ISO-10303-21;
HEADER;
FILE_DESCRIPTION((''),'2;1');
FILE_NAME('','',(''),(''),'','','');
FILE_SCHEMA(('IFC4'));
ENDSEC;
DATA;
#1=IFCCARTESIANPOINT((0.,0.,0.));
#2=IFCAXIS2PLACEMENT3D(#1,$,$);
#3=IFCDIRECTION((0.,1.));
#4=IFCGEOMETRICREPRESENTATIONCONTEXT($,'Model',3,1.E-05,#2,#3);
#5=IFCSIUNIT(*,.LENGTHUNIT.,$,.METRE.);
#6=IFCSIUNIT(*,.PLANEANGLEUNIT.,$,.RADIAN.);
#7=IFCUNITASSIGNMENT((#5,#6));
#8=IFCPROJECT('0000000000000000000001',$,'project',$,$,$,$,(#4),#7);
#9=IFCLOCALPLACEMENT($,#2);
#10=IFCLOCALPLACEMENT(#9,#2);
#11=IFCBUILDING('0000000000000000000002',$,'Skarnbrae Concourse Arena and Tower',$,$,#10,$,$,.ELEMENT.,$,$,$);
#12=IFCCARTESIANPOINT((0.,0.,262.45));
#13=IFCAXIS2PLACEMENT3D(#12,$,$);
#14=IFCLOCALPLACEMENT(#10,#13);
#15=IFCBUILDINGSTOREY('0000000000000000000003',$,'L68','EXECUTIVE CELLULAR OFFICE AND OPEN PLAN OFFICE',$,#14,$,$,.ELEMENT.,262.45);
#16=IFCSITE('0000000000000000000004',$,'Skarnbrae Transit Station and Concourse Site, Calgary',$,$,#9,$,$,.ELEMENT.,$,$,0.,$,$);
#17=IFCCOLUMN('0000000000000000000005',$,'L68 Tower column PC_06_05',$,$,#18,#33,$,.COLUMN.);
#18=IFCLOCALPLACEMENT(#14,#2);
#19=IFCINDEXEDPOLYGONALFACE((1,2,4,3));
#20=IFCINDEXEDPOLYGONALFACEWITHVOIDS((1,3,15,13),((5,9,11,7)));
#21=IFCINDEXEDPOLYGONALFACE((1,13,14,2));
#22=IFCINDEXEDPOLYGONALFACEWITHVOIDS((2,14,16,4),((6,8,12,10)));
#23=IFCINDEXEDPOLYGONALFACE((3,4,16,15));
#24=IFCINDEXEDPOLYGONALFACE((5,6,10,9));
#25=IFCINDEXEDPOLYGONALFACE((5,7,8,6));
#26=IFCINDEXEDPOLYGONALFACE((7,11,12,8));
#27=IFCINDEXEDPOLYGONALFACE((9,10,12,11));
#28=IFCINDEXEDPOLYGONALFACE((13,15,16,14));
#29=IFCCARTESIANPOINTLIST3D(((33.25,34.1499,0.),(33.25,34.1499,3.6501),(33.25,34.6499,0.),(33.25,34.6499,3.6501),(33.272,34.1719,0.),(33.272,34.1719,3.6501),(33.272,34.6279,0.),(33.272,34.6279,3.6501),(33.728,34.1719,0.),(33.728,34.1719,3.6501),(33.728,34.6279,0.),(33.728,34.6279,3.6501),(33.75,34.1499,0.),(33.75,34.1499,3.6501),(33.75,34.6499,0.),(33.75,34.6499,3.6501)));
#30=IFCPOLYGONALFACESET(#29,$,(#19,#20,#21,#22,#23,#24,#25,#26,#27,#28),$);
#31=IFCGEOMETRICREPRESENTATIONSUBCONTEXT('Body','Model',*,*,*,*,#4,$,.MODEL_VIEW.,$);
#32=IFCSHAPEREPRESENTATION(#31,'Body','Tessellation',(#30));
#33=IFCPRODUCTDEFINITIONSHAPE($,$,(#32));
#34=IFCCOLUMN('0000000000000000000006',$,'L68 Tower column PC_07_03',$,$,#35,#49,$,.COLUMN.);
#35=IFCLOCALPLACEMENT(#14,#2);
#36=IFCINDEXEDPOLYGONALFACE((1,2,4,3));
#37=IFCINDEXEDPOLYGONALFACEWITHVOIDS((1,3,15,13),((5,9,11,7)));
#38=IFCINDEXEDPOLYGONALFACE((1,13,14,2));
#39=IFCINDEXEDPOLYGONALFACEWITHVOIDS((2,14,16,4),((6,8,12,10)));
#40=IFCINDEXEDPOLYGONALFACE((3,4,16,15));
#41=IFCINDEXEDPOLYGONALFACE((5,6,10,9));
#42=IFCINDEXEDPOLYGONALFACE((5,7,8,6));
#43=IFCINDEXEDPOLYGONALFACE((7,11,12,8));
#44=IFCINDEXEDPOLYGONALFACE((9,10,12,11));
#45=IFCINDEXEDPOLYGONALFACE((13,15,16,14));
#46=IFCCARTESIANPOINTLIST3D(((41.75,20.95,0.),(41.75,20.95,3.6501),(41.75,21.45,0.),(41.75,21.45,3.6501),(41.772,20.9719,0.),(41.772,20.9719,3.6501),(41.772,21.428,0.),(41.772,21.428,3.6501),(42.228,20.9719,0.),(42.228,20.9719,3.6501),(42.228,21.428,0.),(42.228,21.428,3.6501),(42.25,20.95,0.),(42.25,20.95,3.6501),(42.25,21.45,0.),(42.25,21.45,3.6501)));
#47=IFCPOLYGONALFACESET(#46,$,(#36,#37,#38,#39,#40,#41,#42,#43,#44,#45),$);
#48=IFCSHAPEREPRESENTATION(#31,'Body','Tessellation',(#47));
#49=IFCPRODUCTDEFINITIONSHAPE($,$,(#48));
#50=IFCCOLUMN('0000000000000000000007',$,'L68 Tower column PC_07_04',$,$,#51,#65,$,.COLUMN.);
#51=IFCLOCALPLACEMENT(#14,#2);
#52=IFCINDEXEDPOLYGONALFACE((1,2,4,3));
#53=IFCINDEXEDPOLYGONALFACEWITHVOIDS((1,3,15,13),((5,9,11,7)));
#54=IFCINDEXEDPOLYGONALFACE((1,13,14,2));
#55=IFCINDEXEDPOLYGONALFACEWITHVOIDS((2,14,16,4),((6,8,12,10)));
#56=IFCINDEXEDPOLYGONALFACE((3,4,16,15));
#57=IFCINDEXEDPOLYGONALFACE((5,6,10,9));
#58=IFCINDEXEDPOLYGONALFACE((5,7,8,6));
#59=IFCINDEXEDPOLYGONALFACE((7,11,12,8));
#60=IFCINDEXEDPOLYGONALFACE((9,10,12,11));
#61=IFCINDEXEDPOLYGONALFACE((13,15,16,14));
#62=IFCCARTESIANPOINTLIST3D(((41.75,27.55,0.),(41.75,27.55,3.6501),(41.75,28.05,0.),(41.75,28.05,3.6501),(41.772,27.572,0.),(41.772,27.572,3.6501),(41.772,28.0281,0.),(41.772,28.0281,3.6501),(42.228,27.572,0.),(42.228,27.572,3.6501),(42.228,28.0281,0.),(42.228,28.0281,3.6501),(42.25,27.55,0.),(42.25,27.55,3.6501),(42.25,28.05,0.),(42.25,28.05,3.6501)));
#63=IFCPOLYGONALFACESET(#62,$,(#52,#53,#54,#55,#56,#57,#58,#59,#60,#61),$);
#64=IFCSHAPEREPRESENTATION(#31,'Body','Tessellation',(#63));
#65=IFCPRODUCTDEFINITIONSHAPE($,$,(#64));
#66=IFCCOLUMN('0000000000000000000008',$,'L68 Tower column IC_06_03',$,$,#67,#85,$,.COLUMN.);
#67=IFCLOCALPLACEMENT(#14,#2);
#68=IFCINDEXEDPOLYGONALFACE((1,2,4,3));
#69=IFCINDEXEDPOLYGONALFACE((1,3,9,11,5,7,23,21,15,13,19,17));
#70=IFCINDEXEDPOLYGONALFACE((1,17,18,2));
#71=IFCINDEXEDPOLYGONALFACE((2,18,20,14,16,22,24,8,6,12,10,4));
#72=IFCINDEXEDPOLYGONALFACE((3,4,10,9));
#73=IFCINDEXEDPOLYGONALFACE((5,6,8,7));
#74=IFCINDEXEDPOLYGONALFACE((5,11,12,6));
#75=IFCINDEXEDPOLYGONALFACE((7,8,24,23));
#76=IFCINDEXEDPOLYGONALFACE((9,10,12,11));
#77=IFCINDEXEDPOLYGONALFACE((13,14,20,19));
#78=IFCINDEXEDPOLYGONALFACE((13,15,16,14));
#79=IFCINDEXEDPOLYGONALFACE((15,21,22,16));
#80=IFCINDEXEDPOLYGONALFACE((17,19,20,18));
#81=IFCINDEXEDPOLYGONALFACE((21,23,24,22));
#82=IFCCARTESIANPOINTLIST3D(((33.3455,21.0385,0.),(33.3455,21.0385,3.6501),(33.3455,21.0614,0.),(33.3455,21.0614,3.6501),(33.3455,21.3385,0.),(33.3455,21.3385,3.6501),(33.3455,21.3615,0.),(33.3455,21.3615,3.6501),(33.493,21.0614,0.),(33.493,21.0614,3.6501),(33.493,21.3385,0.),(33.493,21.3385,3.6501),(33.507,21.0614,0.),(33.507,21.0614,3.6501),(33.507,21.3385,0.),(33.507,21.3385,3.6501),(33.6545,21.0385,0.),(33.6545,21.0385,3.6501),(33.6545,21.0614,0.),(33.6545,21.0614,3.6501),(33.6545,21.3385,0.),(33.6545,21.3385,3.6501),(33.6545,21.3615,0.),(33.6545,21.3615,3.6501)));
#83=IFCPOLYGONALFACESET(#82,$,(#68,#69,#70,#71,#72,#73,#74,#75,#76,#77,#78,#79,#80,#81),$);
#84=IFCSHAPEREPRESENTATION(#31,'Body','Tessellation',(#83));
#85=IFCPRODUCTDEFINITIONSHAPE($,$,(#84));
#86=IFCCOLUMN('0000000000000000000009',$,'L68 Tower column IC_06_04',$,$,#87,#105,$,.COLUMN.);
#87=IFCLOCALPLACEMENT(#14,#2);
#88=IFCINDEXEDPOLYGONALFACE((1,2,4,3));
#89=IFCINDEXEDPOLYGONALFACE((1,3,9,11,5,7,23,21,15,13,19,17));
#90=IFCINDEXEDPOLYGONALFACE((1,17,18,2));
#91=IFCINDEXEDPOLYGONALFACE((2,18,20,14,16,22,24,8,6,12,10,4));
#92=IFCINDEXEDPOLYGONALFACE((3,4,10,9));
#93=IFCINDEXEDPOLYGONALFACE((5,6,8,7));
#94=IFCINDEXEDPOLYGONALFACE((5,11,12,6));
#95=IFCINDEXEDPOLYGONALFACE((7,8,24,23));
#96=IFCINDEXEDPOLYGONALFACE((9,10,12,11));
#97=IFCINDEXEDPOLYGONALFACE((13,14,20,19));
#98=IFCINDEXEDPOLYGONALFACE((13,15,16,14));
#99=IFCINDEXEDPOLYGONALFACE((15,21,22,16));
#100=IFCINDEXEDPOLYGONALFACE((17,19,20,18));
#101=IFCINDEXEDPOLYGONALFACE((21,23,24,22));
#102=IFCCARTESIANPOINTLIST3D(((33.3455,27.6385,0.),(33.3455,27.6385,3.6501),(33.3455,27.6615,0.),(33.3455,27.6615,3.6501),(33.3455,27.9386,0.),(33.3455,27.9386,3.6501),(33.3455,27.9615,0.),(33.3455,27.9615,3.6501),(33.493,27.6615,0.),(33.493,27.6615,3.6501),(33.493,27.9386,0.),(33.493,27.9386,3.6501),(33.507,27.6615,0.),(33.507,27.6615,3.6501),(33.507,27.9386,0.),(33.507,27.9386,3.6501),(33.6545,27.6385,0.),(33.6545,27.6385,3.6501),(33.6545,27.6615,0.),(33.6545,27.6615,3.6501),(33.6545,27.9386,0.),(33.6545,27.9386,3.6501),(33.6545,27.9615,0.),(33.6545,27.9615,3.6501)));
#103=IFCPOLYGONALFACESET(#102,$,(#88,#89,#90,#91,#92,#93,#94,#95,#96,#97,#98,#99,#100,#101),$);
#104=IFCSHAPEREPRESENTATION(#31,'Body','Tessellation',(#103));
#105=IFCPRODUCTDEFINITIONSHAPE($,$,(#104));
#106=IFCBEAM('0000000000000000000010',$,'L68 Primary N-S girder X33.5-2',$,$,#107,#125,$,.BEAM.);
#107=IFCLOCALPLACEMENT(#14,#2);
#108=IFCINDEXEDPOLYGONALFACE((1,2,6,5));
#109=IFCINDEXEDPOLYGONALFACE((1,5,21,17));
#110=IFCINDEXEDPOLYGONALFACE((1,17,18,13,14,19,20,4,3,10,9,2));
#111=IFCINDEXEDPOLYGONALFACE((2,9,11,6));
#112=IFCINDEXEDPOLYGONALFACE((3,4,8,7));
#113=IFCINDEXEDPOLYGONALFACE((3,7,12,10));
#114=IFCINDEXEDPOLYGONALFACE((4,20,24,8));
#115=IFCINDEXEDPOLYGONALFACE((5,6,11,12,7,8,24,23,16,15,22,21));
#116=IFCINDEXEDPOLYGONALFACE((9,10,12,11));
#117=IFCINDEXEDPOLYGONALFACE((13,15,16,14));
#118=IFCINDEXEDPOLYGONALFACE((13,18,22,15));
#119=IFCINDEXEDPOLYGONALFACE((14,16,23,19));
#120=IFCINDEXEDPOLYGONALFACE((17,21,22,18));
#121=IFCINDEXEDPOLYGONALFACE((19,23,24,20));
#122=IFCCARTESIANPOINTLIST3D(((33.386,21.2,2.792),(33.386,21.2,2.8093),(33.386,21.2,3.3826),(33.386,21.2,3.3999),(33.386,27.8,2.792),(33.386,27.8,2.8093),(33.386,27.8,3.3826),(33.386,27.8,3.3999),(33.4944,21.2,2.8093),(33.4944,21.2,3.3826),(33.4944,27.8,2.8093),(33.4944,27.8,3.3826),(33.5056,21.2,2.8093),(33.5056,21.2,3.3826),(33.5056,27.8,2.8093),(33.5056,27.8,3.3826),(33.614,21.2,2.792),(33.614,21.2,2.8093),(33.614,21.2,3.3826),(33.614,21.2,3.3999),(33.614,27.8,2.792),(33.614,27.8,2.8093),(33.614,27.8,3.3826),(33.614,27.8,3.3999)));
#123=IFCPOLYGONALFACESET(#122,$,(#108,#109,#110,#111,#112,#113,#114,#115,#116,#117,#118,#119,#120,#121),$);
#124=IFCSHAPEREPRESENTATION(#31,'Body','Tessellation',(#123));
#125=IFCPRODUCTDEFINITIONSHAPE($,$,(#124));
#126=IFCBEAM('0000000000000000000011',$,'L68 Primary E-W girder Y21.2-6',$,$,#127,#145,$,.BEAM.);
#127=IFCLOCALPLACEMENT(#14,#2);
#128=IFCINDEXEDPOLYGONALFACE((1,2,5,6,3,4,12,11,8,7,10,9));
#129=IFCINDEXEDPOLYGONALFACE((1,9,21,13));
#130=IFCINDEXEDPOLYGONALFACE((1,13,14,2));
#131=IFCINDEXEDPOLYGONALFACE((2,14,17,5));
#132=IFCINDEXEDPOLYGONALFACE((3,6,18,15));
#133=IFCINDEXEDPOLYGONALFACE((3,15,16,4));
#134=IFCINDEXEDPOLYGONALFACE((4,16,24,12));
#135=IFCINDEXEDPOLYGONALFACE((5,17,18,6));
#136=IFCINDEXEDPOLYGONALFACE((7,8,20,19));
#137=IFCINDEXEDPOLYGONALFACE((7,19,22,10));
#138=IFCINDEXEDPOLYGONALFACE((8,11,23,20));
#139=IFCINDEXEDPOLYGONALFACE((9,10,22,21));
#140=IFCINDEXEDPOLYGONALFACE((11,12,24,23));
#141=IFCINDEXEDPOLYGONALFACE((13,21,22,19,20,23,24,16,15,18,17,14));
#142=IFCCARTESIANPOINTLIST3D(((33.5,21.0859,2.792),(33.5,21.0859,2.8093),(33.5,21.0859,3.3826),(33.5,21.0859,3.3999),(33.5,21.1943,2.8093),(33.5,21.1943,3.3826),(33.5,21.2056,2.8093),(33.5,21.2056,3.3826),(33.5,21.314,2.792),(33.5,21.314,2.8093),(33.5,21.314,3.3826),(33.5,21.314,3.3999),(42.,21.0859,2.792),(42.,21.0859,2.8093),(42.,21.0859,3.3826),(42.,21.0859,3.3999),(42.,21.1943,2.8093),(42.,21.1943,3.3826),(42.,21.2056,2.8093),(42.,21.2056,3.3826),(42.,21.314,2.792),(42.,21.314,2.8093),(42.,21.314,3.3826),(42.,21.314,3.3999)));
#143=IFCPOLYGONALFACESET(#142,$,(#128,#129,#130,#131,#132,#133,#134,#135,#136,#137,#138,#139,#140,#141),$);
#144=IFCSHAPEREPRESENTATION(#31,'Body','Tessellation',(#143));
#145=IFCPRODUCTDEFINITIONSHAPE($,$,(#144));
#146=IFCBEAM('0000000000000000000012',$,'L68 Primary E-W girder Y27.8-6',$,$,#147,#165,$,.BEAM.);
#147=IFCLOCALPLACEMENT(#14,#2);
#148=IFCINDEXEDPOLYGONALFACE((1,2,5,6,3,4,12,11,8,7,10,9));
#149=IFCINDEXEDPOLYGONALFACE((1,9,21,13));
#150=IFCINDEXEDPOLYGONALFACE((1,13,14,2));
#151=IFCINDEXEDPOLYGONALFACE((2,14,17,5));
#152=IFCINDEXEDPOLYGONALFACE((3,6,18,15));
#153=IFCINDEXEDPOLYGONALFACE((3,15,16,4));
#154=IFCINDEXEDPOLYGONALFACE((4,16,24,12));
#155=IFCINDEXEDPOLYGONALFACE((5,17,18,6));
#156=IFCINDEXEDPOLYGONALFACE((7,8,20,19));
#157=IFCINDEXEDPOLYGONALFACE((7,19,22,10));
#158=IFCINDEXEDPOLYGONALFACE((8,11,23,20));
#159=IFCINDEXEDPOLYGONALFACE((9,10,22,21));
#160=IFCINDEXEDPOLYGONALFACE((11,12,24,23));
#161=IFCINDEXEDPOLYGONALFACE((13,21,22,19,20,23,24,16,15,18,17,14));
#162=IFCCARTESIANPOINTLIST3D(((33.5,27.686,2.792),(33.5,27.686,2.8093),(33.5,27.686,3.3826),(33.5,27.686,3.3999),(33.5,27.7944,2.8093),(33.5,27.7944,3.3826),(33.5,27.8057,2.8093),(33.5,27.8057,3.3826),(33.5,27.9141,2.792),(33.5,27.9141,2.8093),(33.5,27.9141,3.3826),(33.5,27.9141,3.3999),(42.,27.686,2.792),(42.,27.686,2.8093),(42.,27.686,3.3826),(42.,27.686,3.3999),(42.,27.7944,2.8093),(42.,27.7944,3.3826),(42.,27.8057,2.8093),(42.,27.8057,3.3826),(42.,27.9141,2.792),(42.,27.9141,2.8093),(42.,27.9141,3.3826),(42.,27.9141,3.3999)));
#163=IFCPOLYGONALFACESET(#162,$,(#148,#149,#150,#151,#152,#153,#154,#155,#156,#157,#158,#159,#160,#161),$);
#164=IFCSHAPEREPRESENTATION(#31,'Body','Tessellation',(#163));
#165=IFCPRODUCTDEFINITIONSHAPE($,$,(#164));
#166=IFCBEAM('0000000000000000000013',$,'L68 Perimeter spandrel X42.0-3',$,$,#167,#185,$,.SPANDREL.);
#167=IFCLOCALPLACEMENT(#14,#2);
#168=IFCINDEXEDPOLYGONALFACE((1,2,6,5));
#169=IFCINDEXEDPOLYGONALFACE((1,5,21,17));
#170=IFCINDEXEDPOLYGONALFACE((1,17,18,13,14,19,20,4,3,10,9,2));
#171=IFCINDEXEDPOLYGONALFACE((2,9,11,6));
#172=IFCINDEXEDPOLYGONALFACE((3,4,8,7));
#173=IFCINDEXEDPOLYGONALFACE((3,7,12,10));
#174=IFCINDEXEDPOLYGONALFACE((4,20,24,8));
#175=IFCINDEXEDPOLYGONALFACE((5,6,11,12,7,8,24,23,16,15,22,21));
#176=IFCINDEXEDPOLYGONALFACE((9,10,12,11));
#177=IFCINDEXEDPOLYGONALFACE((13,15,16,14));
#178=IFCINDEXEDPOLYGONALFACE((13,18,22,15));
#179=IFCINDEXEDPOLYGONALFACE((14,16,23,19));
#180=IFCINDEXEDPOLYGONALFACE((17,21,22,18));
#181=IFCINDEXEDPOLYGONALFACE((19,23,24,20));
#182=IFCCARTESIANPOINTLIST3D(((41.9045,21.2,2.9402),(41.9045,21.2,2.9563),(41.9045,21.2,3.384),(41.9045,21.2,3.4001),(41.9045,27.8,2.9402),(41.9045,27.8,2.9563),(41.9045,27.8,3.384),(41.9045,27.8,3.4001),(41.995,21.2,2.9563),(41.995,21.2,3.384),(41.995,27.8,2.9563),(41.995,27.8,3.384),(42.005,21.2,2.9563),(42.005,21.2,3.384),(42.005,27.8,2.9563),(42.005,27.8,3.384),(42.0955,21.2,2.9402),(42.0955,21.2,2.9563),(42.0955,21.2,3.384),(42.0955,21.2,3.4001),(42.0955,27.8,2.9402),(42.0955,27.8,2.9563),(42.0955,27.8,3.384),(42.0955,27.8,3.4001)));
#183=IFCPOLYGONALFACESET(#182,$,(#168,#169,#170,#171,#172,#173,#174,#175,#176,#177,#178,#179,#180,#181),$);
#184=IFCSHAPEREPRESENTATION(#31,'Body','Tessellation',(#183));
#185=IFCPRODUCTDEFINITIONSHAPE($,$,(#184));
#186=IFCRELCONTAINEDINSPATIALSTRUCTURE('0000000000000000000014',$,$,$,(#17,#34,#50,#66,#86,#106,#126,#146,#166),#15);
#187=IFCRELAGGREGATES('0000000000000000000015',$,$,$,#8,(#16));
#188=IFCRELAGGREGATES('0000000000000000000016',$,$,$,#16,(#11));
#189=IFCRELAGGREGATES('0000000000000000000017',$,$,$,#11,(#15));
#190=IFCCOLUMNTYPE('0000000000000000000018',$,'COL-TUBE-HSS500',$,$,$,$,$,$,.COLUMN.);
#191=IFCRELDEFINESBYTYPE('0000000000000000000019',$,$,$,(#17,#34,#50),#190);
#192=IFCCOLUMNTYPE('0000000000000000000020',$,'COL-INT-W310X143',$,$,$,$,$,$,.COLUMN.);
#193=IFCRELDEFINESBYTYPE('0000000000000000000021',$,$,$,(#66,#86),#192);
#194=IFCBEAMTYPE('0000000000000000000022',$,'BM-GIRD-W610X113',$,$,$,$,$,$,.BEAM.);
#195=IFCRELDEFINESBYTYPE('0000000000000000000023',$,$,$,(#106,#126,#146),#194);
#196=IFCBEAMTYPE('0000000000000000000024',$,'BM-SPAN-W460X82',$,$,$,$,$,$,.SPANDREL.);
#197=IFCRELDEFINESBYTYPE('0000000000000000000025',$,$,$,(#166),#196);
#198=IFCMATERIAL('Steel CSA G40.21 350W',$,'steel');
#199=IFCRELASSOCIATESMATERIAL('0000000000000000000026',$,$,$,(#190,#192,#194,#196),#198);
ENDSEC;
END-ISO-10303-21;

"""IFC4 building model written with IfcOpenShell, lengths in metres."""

from ifc_helpers import new_model, si_unit, direction, frame, origin, origin_2d, place, context, subcontext, project, spatial, hollow_rectangle, i_section, extrude, source, transform, mapped, material, material_profile, profile_set, type_object, element, save


model = new_model("IFC4")

# Units and contexts
model_context = context("Model", 3, precision=1e-05, world=origin(), true_north=direction((0.0, 1.0)))
body_context = subcontext(model_context, "Body", "Model", "MODEL_VIEW")
ifc_project = project(units=[si_unit("LENGTHUNIT", "METRE"), si_unit("PLANEANGLEUNIT", "RADIAN")], contexts=[model_context])

# Site, building, storey
site_placement = place(None, origin())
site = spatial("IfcSite", under=ifc_project, at=site_placement, Name="Skarnbrae Transit Station and Concourse Site, Calgary", CompositionType="ELEMENT", RefElevation=0.0)
building_placement = place(site_placement, origin())
building = spatial("IfcBuilding", under=site, at=building_placement, Name="Skarnbrae Concourse Arena and Tower", CompositionType="ELEMENT")
storey_placement = place(building_placement, frame((0.0, 0.0, 262.45)))
storey = spatial("IfcBuildingStorey", under=building, at=storey_placement, Name="L68", Description="EXECUTIVE CELLULAR OFFICE AND OPEN PLAN OFFICE", CompositionType="ELEMENT", Elevation=262.45)

# Columns
ifc_material_1 = material(Name="Steel CSA G40.21 350W", Category="steel")
ifc_material_profile_1 = material_profile(ifc_material_1, hollow_rectangle(XDim=0.5, YDim=0.5, WallThickness=0.022, at=origin_2d()), Name="HSS500X500X22.0")
ifc_profile_set_1 = profile_set([ifc_material_profile_1], Name="Steel CSA G40.21 350W")
column_type_1 = type_object("IfcColumnType", Name="COL-TUBE-HSS500", PredefinedType="COLUMN", material=ifc_profile_set_1)
shared_shape_1 = source(origin(), body_context, "Body", "SweptSolid", [
    extrude(hollow_rectangle(XDim=0.5, YDim=0.5, WallThickness=0.022, at=origin_2d()), origin(), (0.0, 0.0, 1.0), 3.6501),
])
for number, where, z_axis, x_axis, name in (
    (1, (33.5, 34.3999, 0.0), (0.0, 0.0, 1.0), (1.0, 0.0, 0.0), "L68 Tower column PC_06_05"),
    (2, (42.0, 21.2, 0.0), (0.0, 0.0, 1.0), (1.0, 0.0, 0.0), "L68 Tower column PC_07_03"),
    (3, (42.0, 27.8, 0.0), (0.0, 0.0, 1.0), (1.0, 0.0, 0.0), "L68 Tower column PC_07_04"),
):
    element("IfcColumn", number, at=place(storey_placement, frame(where, z_axis=z_axis, x_axis=x_axis)), inside=storey, type_object=column_type_1, Name=name, PredefinedType="COLUMN", context=body_context, shape_type="MappedRepresentation", body=[
        mapped(shared_shape_1, transform((0.0, 0.0, 0.0))),
    ])
ifc_material_profile_2 = material_profile(ifc_material_1, i_section(OverallWidth=0.3091, OverallDepth=0.323, WebThickness=0.0139, FlangeThickness=0.0229, at=origin_2d()), Name="W310X143")
ifc_profile_set_2 = profile_set([ifc_material_profile_2], Name="Steel CSA G40.21 350W")
column_type_2 = type_object("IfcColumnType", Name="COL-INT-W310X143", PredefinedType="COLUMN", material=ifc_profile_set_2)
shared_shape_2 = source(origin(), body_context, "Body", "SweptSolid", [
    extrude(i_section(OverallWidth=0.3091, OverallDepth=0.323, WebThickness=0.0139, FlangeThickness=0.0229, at=origin_2d()), origin(), (0.0, 0.0, 1.0), 3.6501),
])
for number, where, z_axis, x_axis, name in (
    (4, (33.5, 21.2, 0.0), (0.0, 0.0, 1.0), (1.0, 0.0, 0.0), "L68 Tower column IC_06_03"),
    (5, (33.5, 27.8, 0.0), (0.0, 0.0, 1.0), (1.0, 0.0, 0.0), "L68 Tower column IC_06_04"),
):
    element("IfcColumn", number, at=place(storey_placement, frame(where, z_axis=z_axis, x_axis=x_axis)), inside=storey, type_object=column_type_2, Name=name, PredefinedType="COLUMN", context=body_context, shape_type="MappedRepresentation", body=[
        mapped(shared_shape_2, transform((0.0, 0.0, 0.0))),
    ])

# Beams
ifc_material_profile_3 = material_profile(ifc_material_1, i_section(OverallWidth=0.228, OverallDepth=0.6079, WebThickness=0.0112, FlangeThickness=0.0173, at=origin_2d()), Name="W610X113")
ifc_profile_set_3 = profile_set([ifc_material_profile_3], Name="Steel CSA G40.21 350W")
beam_type_1 = type_object("IfcBeamType", Name="BM-GIRD-W610X113", PredefinedType="BEAM", material=ifc_profile_set_3)
shared_shape_3 = source(origin(), body_context, "Body", "SweptSolid", [
    extrude(i_section(OverallWidth=0.228, OverallDepth=0.6079, WebThickness=0.0112, FlangeThickness=0.0173, at=origin_2d()), origin(), (0.0, 0.0, 1.0), 6.6001),
])
beam_1_placement = place(storey_placement, frame((33.5, 21.2, 3.0959), z_axis=(0.0, 1.0, 0.0), x_axis=(-1.0, 0.0, 0.0)))
element("IfcBeam", 6, at=beam_1_placement, inside=storey, type_object=beam_type_1, Name="L68 Primary N-S girder X33.5-2", PredefinedType="BEAM", context=body_context, shape_type="MappedRepresentation", body=[
    mapped(shared_shape_3, transform((0.0, 0.0, 0.0))),
])
shared_shape_4 = source(origin(), body_context, "Body", "SweptSolid", [
    extrude(i_section(OverallWidth=0.228, OverallDepth=0.6079, WebThickness=0.0112, FlangeThickness=0.0173, at=origin_2d()), origin(), (0.0, 0.0, 1.0), 8.5),
])
for number, where, z_axis, x_axis, name in (
    (7, (33.5, 21.2, 3.0959), (1.0, 0.0, 0.0), (0.0, 1.0, 0.0), "L68 Primary E-W girder Y21.2-6"),
    (8, (33.5, 27.8, 3.0959), (1.0, 0.0, 0.0), (0.0, 1.0, 0.0), "L68 Primary E-W girder Y27.8-6"),
):
    element("IfcBeam", number, at=place(storey_placement, frame(where, z_axis=z_axis, x_axis=x_axis)), inside=storey, type_object=beam_type_1, Name=name, PredefinedType="BEAM", context=body_context, shape_type="MappedRepresentation", body=[
        mapped(shared_shape_4, transform((0.0, 0.0, 0.0))),
    ])
ifc_material_profile_4 = material_profile(ifc_material_1, i_section(OverallWidth=0.1909, OverallDepth=0.46, WebThickness=0.01, FlangeThickness=0.0161, at=origin_2d()), Name="W460X82")
ifc_profile_set_4 = profile_set([ifc_material_profile_4], Name="Steel CSA G40.21 350W")
beam_type_2 = type_object("IfcBeamType", Name="BM-SPAN-W460X82", PredefinedType="SPANDREL", material=ifc_profile_set_4)
shared_shape_5 = source(origin(), body_context, "Body", "SweptSolid", [
    extrude(i_section(OverallWidth=0.1909, OverallDepth=0.46, WebThickness=0.01, FlangeThickness=0.0161, at=origin_2d()), origin(), (0.0, 0.0, 1.0), 6.6001),
])
beam_2_placement = place(storey_placement, frame((42.0, 21.2, 3.1702), z_axis=(0.0, 1.0, 0.0), x_axis=(-1.0, 0.0, 0.0)))
element("IfcBeam", 9, at=beam_2_placement, inside=storey, type_object=beam_type_2, Name="L68 Perimeter spandrel X42.0-3", PredefinedType="SPANDREL", context=body_context, shape_type="MappedRepresentation", body=[
    mapped(shared_shape_5, transform((0.0, 0.0, 0.0))),
])

save(model, "model.ifc")
